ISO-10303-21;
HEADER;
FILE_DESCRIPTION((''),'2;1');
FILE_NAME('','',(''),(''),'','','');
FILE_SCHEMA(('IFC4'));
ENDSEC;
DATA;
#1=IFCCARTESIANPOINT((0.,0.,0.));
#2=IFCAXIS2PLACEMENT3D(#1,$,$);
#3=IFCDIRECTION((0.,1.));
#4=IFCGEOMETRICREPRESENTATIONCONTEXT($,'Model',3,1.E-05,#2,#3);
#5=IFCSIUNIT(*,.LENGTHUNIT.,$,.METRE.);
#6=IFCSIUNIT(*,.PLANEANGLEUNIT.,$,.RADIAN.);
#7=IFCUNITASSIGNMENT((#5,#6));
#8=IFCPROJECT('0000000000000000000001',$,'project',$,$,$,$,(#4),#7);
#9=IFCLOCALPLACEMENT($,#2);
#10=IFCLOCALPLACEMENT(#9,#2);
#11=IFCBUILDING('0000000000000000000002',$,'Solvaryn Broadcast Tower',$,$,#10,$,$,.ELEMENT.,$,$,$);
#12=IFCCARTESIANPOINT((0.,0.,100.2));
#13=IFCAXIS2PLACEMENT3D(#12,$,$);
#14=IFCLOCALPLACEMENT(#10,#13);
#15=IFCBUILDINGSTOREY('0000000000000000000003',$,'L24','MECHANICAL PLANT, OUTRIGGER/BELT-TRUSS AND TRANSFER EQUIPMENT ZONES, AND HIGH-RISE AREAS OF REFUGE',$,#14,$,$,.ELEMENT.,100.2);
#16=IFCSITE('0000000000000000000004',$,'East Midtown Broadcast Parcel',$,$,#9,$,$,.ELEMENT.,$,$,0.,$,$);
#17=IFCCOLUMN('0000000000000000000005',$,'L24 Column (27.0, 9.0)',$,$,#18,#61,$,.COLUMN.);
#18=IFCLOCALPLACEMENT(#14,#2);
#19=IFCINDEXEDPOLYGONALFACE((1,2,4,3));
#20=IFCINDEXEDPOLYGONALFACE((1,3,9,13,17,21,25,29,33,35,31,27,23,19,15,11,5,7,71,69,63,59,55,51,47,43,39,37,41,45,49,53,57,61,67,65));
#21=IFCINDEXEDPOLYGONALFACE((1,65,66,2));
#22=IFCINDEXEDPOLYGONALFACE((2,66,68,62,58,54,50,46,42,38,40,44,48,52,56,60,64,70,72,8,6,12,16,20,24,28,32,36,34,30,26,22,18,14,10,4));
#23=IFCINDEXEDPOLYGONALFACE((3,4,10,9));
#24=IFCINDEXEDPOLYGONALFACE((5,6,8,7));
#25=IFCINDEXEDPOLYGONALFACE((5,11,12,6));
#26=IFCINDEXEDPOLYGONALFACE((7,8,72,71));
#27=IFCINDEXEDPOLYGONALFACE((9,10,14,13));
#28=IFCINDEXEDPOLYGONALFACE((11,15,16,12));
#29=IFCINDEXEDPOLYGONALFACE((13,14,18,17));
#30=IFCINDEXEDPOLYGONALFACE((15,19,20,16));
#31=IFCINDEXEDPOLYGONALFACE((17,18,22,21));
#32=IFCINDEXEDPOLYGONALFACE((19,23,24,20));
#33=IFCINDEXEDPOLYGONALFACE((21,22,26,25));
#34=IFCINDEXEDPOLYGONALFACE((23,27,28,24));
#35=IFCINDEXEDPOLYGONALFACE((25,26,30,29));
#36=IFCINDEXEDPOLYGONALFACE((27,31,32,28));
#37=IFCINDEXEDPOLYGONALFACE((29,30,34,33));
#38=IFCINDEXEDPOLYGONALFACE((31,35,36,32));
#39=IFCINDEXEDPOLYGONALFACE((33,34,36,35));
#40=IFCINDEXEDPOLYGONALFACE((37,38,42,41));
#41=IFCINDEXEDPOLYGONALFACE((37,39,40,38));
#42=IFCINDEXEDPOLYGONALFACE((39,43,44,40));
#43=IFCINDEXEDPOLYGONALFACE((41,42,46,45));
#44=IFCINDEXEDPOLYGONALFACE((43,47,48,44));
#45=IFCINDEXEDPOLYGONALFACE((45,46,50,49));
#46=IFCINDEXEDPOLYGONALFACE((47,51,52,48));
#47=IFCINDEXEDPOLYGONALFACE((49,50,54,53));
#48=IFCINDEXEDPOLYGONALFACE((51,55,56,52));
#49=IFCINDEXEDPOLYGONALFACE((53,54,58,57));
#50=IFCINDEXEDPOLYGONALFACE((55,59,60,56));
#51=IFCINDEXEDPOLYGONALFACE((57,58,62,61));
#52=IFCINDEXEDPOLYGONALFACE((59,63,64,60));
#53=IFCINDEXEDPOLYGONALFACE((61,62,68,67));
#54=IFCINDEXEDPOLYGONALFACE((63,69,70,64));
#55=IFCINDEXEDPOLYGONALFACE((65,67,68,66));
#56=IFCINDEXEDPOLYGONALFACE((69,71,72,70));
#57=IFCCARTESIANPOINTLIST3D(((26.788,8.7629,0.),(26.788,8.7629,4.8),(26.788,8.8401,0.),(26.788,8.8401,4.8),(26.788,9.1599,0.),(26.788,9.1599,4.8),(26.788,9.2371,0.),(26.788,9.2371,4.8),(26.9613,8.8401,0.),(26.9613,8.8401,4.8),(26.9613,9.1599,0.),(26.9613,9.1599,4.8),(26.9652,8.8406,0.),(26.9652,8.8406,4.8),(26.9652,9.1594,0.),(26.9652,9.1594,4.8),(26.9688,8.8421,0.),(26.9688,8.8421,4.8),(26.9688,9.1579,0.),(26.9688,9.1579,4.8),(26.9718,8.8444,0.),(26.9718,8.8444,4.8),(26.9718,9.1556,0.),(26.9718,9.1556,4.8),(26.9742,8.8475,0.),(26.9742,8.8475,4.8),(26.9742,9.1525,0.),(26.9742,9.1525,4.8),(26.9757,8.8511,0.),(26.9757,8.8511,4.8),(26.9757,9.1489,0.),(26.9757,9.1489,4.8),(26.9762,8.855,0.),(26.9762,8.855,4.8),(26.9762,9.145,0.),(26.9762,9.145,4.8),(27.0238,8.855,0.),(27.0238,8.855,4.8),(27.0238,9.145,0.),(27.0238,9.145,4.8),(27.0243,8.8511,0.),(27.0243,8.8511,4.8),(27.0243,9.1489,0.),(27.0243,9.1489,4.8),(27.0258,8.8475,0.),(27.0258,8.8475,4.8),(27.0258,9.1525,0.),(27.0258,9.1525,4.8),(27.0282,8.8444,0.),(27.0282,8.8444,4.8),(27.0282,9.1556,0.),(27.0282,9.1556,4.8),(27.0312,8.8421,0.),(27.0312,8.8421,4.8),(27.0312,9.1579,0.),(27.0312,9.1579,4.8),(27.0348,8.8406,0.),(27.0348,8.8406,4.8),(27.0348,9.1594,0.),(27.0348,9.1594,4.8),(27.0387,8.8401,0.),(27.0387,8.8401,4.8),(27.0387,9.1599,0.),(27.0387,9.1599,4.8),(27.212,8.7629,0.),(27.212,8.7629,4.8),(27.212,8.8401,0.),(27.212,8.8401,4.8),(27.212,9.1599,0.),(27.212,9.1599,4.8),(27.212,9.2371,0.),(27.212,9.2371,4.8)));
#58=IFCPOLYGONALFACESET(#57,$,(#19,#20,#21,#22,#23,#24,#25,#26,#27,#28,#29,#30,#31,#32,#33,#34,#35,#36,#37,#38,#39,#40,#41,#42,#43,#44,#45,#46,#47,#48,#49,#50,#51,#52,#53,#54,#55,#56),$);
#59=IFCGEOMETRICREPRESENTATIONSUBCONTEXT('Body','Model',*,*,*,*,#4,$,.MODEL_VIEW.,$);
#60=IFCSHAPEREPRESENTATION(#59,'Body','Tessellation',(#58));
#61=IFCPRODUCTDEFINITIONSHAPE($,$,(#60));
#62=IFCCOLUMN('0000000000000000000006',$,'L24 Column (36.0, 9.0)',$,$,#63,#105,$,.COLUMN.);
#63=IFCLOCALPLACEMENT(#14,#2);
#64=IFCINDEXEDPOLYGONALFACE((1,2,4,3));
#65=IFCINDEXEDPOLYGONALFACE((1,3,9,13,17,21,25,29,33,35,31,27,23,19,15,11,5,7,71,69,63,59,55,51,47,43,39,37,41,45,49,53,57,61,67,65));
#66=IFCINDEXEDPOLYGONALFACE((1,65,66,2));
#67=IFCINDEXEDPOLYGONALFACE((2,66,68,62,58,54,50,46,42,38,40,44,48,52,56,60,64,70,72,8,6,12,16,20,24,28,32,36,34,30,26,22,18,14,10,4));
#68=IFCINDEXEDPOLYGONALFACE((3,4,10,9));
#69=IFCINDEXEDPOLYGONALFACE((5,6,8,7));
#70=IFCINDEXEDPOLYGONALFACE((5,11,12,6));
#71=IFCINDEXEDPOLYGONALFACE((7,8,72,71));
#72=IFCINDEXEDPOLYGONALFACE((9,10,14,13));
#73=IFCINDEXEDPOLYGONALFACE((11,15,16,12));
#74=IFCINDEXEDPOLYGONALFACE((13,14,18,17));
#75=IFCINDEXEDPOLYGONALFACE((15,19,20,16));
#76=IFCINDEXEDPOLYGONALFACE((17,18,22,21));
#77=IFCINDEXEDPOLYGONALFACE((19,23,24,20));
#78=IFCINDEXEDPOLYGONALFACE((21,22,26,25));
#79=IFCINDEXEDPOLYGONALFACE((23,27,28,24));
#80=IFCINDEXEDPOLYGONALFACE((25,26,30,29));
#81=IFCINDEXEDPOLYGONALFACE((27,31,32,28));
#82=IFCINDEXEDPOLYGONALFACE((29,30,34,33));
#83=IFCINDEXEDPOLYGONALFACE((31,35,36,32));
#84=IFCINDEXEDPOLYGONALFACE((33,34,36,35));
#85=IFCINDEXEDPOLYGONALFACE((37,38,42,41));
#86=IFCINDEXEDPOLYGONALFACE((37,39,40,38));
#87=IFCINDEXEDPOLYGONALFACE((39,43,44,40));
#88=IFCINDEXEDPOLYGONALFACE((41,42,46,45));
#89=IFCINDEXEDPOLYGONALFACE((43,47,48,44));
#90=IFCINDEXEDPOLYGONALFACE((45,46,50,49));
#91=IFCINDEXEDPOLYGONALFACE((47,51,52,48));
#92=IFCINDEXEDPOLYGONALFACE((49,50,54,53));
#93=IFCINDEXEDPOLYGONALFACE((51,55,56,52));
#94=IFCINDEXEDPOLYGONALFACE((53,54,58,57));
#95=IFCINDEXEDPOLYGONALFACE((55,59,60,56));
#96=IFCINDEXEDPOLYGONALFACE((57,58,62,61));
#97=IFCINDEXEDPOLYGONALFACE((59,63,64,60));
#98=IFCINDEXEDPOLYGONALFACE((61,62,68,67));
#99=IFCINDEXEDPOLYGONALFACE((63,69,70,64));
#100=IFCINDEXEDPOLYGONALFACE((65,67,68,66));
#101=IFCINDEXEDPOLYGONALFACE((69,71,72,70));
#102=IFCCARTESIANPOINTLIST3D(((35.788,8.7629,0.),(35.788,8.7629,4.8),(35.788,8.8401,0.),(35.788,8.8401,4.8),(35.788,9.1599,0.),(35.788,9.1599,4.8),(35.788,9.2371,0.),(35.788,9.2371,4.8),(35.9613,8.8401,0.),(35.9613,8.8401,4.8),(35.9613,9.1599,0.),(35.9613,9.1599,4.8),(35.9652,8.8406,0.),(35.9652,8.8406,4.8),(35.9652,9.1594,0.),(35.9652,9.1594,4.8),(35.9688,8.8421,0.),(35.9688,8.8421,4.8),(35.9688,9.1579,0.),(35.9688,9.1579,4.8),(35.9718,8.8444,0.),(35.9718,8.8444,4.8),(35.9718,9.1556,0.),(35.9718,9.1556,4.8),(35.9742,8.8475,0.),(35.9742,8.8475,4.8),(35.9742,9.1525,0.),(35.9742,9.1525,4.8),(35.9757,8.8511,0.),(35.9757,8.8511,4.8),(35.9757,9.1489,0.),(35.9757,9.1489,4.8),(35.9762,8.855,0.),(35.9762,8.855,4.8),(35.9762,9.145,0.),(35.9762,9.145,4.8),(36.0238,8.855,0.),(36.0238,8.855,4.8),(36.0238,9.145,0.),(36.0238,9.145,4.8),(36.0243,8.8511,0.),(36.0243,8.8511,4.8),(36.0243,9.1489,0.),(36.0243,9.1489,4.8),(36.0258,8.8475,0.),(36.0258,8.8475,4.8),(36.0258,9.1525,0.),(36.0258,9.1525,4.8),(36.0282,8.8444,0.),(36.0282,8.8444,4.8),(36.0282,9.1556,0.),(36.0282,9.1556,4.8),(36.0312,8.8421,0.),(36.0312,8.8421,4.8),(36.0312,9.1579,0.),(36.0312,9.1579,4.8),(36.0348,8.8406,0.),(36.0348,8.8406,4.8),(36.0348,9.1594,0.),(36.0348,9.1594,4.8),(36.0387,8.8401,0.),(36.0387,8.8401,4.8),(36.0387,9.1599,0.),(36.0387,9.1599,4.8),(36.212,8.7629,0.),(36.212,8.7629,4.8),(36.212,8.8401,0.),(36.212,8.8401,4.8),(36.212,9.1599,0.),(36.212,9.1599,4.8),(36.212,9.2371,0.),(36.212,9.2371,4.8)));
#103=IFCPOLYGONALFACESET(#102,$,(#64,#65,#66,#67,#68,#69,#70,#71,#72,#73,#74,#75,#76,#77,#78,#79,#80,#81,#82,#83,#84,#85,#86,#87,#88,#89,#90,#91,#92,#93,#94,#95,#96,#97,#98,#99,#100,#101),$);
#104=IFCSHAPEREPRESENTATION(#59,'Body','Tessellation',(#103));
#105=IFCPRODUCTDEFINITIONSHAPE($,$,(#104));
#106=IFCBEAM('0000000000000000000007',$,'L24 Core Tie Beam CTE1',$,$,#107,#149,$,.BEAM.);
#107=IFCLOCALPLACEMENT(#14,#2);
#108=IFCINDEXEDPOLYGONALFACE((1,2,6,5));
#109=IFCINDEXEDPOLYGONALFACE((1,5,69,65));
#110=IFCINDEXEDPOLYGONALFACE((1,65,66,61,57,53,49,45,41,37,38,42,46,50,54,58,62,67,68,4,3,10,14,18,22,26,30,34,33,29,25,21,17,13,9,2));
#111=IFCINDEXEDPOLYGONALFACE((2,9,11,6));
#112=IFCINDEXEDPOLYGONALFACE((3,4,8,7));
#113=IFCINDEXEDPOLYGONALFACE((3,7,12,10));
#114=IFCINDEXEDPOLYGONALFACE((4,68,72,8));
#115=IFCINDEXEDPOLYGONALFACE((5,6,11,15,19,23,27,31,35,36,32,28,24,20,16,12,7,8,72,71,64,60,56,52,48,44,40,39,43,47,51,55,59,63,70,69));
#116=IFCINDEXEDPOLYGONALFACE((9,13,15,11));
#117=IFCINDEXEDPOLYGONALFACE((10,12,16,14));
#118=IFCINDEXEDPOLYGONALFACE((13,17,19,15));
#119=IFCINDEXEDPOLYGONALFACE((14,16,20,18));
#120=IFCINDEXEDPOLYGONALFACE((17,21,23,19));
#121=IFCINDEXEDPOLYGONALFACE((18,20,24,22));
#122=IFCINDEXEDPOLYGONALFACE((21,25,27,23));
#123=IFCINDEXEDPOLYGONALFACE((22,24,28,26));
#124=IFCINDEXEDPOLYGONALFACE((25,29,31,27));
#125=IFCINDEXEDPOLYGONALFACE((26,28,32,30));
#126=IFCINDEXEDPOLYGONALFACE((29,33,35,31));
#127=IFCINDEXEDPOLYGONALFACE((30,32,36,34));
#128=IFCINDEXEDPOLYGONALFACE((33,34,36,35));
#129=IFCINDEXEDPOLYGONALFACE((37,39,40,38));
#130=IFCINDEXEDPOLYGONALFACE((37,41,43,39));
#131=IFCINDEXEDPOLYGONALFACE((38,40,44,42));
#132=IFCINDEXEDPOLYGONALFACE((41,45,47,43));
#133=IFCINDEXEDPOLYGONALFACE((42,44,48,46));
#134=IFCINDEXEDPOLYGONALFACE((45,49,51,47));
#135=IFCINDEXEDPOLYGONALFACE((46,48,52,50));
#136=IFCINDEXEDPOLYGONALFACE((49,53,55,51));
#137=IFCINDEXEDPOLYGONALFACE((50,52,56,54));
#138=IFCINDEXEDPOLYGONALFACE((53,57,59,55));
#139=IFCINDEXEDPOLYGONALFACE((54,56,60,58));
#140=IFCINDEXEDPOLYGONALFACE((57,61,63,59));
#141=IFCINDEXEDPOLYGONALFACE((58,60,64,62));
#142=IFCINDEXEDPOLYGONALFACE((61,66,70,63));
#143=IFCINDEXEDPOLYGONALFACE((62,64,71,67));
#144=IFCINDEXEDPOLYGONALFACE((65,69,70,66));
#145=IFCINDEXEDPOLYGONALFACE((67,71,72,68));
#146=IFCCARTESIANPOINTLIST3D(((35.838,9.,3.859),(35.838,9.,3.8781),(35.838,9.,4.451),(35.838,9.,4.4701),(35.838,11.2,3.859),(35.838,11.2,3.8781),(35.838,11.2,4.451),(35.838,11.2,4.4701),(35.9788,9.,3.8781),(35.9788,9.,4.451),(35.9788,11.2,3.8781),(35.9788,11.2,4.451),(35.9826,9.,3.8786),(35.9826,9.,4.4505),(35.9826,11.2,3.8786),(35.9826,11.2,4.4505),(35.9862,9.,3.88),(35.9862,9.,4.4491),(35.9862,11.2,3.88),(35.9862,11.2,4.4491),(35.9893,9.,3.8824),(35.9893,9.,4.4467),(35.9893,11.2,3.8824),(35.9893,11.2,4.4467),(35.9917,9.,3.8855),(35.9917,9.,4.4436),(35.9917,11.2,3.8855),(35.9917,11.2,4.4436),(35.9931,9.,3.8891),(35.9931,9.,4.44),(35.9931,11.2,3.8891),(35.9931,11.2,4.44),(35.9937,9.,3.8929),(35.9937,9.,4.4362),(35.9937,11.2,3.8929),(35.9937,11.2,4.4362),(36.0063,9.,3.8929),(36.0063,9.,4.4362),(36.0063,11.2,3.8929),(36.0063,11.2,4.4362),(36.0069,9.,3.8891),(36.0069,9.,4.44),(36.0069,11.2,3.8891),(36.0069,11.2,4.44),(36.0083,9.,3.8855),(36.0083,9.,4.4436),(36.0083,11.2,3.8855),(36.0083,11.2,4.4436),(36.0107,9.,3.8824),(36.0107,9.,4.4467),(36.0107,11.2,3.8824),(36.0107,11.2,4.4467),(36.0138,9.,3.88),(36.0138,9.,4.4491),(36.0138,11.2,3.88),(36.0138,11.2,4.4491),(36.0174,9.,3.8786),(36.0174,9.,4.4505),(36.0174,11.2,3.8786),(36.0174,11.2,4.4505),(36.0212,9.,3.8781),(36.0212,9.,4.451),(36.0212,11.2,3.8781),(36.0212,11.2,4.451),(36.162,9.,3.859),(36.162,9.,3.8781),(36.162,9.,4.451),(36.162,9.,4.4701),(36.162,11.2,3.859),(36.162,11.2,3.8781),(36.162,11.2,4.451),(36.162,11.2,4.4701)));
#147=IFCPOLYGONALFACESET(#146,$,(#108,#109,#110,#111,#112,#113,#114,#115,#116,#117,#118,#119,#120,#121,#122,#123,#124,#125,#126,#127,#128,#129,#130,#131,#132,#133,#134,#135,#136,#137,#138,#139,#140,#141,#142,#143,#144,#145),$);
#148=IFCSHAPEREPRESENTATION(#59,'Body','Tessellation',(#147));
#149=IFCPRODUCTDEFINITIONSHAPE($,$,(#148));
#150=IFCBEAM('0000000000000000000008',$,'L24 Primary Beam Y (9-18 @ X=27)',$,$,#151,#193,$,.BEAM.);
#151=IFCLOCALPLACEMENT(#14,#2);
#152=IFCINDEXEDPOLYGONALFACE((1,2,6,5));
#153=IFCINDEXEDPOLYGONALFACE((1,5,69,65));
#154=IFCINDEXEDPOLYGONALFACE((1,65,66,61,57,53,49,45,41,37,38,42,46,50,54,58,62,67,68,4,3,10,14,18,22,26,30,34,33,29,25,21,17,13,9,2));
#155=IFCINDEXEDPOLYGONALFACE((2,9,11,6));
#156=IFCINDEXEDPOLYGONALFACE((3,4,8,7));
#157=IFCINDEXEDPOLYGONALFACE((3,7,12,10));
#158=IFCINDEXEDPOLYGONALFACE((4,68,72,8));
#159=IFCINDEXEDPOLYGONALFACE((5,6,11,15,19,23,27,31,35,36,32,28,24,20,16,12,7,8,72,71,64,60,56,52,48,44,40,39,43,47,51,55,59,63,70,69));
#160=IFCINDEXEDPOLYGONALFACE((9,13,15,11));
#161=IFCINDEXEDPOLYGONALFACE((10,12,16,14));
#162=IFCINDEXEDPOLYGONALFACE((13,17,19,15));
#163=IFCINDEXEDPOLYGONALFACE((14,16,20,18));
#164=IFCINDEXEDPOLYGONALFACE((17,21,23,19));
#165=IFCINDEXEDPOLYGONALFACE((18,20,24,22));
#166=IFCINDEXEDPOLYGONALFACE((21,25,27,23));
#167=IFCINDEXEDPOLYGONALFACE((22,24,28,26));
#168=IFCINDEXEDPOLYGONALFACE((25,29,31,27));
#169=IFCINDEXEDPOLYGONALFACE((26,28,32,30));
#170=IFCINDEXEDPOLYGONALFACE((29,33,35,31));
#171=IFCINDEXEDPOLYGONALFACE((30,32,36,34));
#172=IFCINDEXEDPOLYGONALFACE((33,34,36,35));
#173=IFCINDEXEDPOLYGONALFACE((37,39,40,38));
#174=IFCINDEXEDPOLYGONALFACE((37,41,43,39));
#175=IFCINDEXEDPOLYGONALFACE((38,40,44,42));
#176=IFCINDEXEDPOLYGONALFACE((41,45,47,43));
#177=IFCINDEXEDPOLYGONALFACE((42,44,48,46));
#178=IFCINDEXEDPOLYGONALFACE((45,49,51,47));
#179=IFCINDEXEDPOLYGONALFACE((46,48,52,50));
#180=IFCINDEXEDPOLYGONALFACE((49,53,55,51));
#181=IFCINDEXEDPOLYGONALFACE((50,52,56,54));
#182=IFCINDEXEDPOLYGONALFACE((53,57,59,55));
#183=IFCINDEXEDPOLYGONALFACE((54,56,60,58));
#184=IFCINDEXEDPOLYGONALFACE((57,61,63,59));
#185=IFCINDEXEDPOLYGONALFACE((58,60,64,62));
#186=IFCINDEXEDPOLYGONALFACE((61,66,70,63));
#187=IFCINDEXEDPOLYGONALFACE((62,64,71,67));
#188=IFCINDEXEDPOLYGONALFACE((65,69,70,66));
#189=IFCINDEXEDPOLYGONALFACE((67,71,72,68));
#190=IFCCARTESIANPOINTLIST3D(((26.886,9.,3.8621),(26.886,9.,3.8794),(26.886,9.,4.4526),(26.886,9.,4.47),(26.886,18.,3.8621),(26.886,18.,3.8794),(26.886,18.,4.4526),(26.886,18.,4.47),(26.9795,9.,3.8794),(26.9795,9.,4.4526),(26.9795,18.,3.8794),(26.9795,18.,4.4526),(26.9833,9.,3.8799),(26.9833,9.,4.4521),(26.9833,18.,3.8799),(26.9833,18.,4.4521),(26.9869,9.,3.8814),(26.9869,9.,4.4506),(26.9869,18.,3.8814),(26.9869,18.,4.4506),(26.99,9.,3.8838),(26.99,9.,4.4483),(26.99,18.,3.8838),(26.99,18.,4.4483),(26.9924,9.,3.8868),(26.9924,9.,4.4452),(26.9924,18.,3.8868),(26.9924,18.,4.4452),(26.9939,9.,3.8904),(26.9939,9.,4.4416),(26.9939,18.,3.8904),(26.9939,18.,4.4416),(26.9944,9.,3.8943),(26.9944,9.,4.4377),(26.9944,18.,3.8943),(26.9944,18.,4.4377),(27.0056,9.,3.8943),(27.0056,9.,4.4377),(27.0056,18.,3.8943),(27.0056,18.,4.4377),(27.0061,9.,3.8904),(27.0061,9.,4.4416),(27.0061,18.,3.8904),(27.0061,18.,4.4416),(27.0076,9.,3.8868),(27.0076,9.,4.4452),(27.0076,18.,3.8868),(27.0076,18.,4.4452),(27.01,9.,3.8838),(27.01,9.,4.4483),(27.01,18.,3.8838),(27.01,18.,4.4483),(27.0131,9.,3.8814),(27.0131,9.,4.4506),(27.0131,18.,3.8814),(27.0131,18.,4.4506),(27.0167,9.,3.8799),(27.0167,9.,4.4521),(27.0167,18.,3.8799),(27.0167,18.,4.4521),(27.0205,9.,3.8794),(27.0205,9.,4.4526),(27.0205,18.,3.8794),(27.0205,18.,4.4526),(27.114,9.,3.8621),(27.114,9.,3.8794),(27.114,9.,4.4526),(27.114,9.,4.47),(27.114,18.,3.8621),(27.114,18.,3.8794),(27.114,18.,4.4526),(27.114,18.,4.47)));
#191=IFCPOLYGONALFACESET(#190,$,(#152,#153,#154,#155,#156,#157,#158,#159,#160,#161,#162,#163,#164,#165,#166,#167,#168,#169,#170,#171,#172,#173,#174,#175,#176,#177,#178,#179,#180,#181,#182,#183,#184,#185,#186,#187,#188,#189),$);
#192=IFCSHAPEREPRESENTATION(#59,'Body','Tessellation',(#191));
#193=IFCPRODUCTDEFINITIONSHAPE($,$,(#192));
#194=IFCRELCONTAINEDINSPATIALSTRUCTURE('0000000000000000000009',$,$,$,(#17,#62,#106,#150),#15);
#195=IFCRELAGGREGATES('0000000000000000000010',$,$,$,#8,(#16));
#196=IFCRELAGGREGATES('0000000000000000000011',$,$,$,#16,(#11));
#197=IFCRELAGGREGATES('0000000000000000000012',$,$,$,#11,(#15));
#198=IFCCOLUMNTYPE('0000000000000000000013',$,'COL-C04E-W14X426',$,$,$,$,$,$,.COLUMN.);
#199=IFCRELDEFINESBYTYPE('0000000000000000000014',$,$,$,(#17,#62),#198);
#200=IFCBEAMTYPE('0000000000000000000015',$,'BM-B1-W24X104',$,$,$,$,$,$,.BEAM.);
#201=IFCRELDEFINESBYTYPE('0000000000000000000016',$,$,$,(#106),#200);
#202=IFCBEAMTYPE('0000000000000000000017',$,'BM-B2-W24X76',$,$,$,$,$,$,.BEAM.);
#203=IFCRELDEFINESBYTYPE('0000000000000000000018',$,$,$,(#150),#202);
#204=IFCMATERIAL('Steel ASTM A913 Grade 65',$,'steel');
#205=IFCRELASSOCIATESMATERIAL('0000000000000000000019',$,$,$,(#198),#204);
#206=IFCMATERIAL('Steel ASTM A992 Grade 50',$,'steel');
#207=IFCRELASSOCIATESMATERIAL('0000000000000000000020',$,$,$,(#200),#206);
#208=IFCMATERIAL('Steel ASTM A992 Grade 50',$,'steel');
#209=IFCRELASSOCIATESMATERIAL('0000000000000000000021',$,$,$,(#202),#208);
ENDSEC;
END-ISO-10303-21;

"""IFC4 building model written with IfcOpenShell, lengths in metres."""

from ifc_helpers import new_model, si_unit, direction, frame, origin, origin_2d, place, context, subcontext, project, spatial, i_section, extrude, material, material_profile, profile_set, type_object, element, save


model = new_model("IFC4")

# Units and contexts
model_context = context("Model", 3, precision=1e-05, world=origin(), true_north=direction((0.0, 1.0)))
body_context = subcontext(model_context, "Body", "Model", "MODEL_VIEW")
ifc_project = project(units=[si_unit("LENGTHUNIT", "METRE"), si_unit("PLANEANGLEUNIT", "RADIAN")], contexts=[model_context])

# Site, building, storey
site_placement = place(None, origin())
site = spatial("IfcSite", under=ifc_project, at=site_placement, Name="East Midtown Broadcast Parcel", CompositionType="ELEMENT", RefElevation=0.0)
building_placement = place(site_placement, origin())
building = spatial("IfcBuilding", under=site, at=building_placement, Name="Solvaryn Broadcast Tower", CompositionType="ELEMENT")
storey_placement = place(building_placement, frame((0.0, 0.0, 100.2)))
storey = spatial("IfcBuildingStorey", under=building, at=storey_placement, Name="L24", Description="MECHANICAL PLANT, OUTRIGGER/BELT-TRUSS AND TRANSFER EQUIPMENT ZONES, AND HIGH-RISE AREAS OF REFUGE", CompositionType="ELEMENT", Elevation=100.2)

# Columns
ifc_material_1 = material(Name="Steel ASTM A913 Grade 65", Category="steel")
ifc_material_profile_1 = material_profile(ifc_material_1, i_section(OverallWidth=0.4241, OverallDepth=0.4741, WebThickness=0.0476, FlangeThickness=0.0771, FilletRadius=0.0149, at=origin_2d()))
ifc_profile_set_1 = profile_set([ifc_material_profile_1], Name="Steel ASTM A913 Grade 65")
column_type = type_object("IfcColumnType", Name="COL-C04E-W14X426", PredefinedType="COLUMN", material=ifc_profile_set_1)
for number, where, z_axis, x_axis, name in (
    (1, (27.0, 9.0, 0.0), (0.0, 0.0, 1.0), (1.0, 0.0, 0.0), "L24 Column (27.0, 9.0)"),
    (2, (36.0, 9.0, 0.0), (0.0, 0.0, 1.0), (1.0, 0.0, 0.0), "L24 Column (36.0, 9.0)"),
):
    element("IfcColumn", number, at=place(storey_placement, frame(where, z_axis=z_axis, x_axis=x_axis)), inside=storey, type_object=column_type, Name=name, PredefinedType="COLUMN", context=body_context, shape_type="SweptSolid", body=[
        extrude(i_section(OverallWidth=0.4241, OverallDepth=0.4741, WebThickness=0.0476, FlangeThickness=0.0771, FilletRadius=0.0149, at=origin_2d()), origin(), (0.0, 0.0, 1.0), 4.8),
    ])

# Beams
ifc_material_2 = material(Name="Steel ASTM A992 Grade 50", Category="steel")
ifc_material_profile_2 = material_profile(ifc_material_2, i_section(OverallWidth=0.324, OverallDepth=0.6111, WebThickness=0.0127, FlangeThickness=0.019, FilletRadius=0.0149, at=origin_2d()))
ifc_profile_set_2 = profile_set([ifc_material_profile_2], Name="Steel ASTM A992 Grade 50")
beam_type_1 = type_object("IfcBeamType", Name="BM-B1-W24X104", PredefinedType="BEAM", material=ifc_profile_set_2)
beam_1_placement = place(storey_placement, frame((36.0, 9.0, 4.1646), z_axis=(0.0, 1.0, 0.0), x_axis=(-1.0, 0.0, 0.0)))
element("IfcBeam", 3, at=beam_1_placement, inside=storey, type_object=beam_type_1, Name="L24 Core Tie Beam CTE1", PredefinedType="BEAM", context=body_context, shape_type="SweptSolid", body=[
    extrude(i_section(OverallWidth=0.324, OverallDepth=0.6111, WebThickness=0.0127, FlangeThickness=0.019, FilletRadius=0.0149, at=origin_2d()), origin(), (0.0, 0.0, 1.0), 2.2),
])
ifc_material_3 = material(Name="Steel ASTM A992 Grade 50", Category="steel")
ifc_material_profile_3 = material_profile(ifc_material_3, i_section(OverallWidth=0.228, OverallDepth=0.6079, WebThickness=0.0112, FlangeThickness=0.0173, FilletRadius=0.0149, at=origin_2d()))
ifc_profile_set_3 = profile_set([ifc_material_profile_3], Name="Steel ASTM A992 Grade 50")
beam_type_2 = type_object("IfcBeamType", Name="BM-B2-W24X76", PredefinedType="BEAM", material=ifc_profile_set_3)
beam_2_placement = place(storey_placement, frame((27.0, 9.0, 4.166), z_axis=(0.0, 1.0, 0.0), x_axis=(-1.0, 0.0, 0.0)))
element("IfcBeam", 4, at=beam_2_placement, inside=storey, type_object=beam_type_2, Name="L24 Primary Beam Y (9-18 @ X=27)", PredefinedType="BEAM", context=body_context, shape_type="SweptSolid", body=[
    extrude(i_section(OverallWidth=0.228, OverallDepth=0.6079, WebThickness=0.0112, FlangeThickness=0.0173, FilletRadius=0.0149, at=origin_2d()), origin(), (0.0, 0.0, 1.0), 9.0),
])

save(model, "model.ifc")
